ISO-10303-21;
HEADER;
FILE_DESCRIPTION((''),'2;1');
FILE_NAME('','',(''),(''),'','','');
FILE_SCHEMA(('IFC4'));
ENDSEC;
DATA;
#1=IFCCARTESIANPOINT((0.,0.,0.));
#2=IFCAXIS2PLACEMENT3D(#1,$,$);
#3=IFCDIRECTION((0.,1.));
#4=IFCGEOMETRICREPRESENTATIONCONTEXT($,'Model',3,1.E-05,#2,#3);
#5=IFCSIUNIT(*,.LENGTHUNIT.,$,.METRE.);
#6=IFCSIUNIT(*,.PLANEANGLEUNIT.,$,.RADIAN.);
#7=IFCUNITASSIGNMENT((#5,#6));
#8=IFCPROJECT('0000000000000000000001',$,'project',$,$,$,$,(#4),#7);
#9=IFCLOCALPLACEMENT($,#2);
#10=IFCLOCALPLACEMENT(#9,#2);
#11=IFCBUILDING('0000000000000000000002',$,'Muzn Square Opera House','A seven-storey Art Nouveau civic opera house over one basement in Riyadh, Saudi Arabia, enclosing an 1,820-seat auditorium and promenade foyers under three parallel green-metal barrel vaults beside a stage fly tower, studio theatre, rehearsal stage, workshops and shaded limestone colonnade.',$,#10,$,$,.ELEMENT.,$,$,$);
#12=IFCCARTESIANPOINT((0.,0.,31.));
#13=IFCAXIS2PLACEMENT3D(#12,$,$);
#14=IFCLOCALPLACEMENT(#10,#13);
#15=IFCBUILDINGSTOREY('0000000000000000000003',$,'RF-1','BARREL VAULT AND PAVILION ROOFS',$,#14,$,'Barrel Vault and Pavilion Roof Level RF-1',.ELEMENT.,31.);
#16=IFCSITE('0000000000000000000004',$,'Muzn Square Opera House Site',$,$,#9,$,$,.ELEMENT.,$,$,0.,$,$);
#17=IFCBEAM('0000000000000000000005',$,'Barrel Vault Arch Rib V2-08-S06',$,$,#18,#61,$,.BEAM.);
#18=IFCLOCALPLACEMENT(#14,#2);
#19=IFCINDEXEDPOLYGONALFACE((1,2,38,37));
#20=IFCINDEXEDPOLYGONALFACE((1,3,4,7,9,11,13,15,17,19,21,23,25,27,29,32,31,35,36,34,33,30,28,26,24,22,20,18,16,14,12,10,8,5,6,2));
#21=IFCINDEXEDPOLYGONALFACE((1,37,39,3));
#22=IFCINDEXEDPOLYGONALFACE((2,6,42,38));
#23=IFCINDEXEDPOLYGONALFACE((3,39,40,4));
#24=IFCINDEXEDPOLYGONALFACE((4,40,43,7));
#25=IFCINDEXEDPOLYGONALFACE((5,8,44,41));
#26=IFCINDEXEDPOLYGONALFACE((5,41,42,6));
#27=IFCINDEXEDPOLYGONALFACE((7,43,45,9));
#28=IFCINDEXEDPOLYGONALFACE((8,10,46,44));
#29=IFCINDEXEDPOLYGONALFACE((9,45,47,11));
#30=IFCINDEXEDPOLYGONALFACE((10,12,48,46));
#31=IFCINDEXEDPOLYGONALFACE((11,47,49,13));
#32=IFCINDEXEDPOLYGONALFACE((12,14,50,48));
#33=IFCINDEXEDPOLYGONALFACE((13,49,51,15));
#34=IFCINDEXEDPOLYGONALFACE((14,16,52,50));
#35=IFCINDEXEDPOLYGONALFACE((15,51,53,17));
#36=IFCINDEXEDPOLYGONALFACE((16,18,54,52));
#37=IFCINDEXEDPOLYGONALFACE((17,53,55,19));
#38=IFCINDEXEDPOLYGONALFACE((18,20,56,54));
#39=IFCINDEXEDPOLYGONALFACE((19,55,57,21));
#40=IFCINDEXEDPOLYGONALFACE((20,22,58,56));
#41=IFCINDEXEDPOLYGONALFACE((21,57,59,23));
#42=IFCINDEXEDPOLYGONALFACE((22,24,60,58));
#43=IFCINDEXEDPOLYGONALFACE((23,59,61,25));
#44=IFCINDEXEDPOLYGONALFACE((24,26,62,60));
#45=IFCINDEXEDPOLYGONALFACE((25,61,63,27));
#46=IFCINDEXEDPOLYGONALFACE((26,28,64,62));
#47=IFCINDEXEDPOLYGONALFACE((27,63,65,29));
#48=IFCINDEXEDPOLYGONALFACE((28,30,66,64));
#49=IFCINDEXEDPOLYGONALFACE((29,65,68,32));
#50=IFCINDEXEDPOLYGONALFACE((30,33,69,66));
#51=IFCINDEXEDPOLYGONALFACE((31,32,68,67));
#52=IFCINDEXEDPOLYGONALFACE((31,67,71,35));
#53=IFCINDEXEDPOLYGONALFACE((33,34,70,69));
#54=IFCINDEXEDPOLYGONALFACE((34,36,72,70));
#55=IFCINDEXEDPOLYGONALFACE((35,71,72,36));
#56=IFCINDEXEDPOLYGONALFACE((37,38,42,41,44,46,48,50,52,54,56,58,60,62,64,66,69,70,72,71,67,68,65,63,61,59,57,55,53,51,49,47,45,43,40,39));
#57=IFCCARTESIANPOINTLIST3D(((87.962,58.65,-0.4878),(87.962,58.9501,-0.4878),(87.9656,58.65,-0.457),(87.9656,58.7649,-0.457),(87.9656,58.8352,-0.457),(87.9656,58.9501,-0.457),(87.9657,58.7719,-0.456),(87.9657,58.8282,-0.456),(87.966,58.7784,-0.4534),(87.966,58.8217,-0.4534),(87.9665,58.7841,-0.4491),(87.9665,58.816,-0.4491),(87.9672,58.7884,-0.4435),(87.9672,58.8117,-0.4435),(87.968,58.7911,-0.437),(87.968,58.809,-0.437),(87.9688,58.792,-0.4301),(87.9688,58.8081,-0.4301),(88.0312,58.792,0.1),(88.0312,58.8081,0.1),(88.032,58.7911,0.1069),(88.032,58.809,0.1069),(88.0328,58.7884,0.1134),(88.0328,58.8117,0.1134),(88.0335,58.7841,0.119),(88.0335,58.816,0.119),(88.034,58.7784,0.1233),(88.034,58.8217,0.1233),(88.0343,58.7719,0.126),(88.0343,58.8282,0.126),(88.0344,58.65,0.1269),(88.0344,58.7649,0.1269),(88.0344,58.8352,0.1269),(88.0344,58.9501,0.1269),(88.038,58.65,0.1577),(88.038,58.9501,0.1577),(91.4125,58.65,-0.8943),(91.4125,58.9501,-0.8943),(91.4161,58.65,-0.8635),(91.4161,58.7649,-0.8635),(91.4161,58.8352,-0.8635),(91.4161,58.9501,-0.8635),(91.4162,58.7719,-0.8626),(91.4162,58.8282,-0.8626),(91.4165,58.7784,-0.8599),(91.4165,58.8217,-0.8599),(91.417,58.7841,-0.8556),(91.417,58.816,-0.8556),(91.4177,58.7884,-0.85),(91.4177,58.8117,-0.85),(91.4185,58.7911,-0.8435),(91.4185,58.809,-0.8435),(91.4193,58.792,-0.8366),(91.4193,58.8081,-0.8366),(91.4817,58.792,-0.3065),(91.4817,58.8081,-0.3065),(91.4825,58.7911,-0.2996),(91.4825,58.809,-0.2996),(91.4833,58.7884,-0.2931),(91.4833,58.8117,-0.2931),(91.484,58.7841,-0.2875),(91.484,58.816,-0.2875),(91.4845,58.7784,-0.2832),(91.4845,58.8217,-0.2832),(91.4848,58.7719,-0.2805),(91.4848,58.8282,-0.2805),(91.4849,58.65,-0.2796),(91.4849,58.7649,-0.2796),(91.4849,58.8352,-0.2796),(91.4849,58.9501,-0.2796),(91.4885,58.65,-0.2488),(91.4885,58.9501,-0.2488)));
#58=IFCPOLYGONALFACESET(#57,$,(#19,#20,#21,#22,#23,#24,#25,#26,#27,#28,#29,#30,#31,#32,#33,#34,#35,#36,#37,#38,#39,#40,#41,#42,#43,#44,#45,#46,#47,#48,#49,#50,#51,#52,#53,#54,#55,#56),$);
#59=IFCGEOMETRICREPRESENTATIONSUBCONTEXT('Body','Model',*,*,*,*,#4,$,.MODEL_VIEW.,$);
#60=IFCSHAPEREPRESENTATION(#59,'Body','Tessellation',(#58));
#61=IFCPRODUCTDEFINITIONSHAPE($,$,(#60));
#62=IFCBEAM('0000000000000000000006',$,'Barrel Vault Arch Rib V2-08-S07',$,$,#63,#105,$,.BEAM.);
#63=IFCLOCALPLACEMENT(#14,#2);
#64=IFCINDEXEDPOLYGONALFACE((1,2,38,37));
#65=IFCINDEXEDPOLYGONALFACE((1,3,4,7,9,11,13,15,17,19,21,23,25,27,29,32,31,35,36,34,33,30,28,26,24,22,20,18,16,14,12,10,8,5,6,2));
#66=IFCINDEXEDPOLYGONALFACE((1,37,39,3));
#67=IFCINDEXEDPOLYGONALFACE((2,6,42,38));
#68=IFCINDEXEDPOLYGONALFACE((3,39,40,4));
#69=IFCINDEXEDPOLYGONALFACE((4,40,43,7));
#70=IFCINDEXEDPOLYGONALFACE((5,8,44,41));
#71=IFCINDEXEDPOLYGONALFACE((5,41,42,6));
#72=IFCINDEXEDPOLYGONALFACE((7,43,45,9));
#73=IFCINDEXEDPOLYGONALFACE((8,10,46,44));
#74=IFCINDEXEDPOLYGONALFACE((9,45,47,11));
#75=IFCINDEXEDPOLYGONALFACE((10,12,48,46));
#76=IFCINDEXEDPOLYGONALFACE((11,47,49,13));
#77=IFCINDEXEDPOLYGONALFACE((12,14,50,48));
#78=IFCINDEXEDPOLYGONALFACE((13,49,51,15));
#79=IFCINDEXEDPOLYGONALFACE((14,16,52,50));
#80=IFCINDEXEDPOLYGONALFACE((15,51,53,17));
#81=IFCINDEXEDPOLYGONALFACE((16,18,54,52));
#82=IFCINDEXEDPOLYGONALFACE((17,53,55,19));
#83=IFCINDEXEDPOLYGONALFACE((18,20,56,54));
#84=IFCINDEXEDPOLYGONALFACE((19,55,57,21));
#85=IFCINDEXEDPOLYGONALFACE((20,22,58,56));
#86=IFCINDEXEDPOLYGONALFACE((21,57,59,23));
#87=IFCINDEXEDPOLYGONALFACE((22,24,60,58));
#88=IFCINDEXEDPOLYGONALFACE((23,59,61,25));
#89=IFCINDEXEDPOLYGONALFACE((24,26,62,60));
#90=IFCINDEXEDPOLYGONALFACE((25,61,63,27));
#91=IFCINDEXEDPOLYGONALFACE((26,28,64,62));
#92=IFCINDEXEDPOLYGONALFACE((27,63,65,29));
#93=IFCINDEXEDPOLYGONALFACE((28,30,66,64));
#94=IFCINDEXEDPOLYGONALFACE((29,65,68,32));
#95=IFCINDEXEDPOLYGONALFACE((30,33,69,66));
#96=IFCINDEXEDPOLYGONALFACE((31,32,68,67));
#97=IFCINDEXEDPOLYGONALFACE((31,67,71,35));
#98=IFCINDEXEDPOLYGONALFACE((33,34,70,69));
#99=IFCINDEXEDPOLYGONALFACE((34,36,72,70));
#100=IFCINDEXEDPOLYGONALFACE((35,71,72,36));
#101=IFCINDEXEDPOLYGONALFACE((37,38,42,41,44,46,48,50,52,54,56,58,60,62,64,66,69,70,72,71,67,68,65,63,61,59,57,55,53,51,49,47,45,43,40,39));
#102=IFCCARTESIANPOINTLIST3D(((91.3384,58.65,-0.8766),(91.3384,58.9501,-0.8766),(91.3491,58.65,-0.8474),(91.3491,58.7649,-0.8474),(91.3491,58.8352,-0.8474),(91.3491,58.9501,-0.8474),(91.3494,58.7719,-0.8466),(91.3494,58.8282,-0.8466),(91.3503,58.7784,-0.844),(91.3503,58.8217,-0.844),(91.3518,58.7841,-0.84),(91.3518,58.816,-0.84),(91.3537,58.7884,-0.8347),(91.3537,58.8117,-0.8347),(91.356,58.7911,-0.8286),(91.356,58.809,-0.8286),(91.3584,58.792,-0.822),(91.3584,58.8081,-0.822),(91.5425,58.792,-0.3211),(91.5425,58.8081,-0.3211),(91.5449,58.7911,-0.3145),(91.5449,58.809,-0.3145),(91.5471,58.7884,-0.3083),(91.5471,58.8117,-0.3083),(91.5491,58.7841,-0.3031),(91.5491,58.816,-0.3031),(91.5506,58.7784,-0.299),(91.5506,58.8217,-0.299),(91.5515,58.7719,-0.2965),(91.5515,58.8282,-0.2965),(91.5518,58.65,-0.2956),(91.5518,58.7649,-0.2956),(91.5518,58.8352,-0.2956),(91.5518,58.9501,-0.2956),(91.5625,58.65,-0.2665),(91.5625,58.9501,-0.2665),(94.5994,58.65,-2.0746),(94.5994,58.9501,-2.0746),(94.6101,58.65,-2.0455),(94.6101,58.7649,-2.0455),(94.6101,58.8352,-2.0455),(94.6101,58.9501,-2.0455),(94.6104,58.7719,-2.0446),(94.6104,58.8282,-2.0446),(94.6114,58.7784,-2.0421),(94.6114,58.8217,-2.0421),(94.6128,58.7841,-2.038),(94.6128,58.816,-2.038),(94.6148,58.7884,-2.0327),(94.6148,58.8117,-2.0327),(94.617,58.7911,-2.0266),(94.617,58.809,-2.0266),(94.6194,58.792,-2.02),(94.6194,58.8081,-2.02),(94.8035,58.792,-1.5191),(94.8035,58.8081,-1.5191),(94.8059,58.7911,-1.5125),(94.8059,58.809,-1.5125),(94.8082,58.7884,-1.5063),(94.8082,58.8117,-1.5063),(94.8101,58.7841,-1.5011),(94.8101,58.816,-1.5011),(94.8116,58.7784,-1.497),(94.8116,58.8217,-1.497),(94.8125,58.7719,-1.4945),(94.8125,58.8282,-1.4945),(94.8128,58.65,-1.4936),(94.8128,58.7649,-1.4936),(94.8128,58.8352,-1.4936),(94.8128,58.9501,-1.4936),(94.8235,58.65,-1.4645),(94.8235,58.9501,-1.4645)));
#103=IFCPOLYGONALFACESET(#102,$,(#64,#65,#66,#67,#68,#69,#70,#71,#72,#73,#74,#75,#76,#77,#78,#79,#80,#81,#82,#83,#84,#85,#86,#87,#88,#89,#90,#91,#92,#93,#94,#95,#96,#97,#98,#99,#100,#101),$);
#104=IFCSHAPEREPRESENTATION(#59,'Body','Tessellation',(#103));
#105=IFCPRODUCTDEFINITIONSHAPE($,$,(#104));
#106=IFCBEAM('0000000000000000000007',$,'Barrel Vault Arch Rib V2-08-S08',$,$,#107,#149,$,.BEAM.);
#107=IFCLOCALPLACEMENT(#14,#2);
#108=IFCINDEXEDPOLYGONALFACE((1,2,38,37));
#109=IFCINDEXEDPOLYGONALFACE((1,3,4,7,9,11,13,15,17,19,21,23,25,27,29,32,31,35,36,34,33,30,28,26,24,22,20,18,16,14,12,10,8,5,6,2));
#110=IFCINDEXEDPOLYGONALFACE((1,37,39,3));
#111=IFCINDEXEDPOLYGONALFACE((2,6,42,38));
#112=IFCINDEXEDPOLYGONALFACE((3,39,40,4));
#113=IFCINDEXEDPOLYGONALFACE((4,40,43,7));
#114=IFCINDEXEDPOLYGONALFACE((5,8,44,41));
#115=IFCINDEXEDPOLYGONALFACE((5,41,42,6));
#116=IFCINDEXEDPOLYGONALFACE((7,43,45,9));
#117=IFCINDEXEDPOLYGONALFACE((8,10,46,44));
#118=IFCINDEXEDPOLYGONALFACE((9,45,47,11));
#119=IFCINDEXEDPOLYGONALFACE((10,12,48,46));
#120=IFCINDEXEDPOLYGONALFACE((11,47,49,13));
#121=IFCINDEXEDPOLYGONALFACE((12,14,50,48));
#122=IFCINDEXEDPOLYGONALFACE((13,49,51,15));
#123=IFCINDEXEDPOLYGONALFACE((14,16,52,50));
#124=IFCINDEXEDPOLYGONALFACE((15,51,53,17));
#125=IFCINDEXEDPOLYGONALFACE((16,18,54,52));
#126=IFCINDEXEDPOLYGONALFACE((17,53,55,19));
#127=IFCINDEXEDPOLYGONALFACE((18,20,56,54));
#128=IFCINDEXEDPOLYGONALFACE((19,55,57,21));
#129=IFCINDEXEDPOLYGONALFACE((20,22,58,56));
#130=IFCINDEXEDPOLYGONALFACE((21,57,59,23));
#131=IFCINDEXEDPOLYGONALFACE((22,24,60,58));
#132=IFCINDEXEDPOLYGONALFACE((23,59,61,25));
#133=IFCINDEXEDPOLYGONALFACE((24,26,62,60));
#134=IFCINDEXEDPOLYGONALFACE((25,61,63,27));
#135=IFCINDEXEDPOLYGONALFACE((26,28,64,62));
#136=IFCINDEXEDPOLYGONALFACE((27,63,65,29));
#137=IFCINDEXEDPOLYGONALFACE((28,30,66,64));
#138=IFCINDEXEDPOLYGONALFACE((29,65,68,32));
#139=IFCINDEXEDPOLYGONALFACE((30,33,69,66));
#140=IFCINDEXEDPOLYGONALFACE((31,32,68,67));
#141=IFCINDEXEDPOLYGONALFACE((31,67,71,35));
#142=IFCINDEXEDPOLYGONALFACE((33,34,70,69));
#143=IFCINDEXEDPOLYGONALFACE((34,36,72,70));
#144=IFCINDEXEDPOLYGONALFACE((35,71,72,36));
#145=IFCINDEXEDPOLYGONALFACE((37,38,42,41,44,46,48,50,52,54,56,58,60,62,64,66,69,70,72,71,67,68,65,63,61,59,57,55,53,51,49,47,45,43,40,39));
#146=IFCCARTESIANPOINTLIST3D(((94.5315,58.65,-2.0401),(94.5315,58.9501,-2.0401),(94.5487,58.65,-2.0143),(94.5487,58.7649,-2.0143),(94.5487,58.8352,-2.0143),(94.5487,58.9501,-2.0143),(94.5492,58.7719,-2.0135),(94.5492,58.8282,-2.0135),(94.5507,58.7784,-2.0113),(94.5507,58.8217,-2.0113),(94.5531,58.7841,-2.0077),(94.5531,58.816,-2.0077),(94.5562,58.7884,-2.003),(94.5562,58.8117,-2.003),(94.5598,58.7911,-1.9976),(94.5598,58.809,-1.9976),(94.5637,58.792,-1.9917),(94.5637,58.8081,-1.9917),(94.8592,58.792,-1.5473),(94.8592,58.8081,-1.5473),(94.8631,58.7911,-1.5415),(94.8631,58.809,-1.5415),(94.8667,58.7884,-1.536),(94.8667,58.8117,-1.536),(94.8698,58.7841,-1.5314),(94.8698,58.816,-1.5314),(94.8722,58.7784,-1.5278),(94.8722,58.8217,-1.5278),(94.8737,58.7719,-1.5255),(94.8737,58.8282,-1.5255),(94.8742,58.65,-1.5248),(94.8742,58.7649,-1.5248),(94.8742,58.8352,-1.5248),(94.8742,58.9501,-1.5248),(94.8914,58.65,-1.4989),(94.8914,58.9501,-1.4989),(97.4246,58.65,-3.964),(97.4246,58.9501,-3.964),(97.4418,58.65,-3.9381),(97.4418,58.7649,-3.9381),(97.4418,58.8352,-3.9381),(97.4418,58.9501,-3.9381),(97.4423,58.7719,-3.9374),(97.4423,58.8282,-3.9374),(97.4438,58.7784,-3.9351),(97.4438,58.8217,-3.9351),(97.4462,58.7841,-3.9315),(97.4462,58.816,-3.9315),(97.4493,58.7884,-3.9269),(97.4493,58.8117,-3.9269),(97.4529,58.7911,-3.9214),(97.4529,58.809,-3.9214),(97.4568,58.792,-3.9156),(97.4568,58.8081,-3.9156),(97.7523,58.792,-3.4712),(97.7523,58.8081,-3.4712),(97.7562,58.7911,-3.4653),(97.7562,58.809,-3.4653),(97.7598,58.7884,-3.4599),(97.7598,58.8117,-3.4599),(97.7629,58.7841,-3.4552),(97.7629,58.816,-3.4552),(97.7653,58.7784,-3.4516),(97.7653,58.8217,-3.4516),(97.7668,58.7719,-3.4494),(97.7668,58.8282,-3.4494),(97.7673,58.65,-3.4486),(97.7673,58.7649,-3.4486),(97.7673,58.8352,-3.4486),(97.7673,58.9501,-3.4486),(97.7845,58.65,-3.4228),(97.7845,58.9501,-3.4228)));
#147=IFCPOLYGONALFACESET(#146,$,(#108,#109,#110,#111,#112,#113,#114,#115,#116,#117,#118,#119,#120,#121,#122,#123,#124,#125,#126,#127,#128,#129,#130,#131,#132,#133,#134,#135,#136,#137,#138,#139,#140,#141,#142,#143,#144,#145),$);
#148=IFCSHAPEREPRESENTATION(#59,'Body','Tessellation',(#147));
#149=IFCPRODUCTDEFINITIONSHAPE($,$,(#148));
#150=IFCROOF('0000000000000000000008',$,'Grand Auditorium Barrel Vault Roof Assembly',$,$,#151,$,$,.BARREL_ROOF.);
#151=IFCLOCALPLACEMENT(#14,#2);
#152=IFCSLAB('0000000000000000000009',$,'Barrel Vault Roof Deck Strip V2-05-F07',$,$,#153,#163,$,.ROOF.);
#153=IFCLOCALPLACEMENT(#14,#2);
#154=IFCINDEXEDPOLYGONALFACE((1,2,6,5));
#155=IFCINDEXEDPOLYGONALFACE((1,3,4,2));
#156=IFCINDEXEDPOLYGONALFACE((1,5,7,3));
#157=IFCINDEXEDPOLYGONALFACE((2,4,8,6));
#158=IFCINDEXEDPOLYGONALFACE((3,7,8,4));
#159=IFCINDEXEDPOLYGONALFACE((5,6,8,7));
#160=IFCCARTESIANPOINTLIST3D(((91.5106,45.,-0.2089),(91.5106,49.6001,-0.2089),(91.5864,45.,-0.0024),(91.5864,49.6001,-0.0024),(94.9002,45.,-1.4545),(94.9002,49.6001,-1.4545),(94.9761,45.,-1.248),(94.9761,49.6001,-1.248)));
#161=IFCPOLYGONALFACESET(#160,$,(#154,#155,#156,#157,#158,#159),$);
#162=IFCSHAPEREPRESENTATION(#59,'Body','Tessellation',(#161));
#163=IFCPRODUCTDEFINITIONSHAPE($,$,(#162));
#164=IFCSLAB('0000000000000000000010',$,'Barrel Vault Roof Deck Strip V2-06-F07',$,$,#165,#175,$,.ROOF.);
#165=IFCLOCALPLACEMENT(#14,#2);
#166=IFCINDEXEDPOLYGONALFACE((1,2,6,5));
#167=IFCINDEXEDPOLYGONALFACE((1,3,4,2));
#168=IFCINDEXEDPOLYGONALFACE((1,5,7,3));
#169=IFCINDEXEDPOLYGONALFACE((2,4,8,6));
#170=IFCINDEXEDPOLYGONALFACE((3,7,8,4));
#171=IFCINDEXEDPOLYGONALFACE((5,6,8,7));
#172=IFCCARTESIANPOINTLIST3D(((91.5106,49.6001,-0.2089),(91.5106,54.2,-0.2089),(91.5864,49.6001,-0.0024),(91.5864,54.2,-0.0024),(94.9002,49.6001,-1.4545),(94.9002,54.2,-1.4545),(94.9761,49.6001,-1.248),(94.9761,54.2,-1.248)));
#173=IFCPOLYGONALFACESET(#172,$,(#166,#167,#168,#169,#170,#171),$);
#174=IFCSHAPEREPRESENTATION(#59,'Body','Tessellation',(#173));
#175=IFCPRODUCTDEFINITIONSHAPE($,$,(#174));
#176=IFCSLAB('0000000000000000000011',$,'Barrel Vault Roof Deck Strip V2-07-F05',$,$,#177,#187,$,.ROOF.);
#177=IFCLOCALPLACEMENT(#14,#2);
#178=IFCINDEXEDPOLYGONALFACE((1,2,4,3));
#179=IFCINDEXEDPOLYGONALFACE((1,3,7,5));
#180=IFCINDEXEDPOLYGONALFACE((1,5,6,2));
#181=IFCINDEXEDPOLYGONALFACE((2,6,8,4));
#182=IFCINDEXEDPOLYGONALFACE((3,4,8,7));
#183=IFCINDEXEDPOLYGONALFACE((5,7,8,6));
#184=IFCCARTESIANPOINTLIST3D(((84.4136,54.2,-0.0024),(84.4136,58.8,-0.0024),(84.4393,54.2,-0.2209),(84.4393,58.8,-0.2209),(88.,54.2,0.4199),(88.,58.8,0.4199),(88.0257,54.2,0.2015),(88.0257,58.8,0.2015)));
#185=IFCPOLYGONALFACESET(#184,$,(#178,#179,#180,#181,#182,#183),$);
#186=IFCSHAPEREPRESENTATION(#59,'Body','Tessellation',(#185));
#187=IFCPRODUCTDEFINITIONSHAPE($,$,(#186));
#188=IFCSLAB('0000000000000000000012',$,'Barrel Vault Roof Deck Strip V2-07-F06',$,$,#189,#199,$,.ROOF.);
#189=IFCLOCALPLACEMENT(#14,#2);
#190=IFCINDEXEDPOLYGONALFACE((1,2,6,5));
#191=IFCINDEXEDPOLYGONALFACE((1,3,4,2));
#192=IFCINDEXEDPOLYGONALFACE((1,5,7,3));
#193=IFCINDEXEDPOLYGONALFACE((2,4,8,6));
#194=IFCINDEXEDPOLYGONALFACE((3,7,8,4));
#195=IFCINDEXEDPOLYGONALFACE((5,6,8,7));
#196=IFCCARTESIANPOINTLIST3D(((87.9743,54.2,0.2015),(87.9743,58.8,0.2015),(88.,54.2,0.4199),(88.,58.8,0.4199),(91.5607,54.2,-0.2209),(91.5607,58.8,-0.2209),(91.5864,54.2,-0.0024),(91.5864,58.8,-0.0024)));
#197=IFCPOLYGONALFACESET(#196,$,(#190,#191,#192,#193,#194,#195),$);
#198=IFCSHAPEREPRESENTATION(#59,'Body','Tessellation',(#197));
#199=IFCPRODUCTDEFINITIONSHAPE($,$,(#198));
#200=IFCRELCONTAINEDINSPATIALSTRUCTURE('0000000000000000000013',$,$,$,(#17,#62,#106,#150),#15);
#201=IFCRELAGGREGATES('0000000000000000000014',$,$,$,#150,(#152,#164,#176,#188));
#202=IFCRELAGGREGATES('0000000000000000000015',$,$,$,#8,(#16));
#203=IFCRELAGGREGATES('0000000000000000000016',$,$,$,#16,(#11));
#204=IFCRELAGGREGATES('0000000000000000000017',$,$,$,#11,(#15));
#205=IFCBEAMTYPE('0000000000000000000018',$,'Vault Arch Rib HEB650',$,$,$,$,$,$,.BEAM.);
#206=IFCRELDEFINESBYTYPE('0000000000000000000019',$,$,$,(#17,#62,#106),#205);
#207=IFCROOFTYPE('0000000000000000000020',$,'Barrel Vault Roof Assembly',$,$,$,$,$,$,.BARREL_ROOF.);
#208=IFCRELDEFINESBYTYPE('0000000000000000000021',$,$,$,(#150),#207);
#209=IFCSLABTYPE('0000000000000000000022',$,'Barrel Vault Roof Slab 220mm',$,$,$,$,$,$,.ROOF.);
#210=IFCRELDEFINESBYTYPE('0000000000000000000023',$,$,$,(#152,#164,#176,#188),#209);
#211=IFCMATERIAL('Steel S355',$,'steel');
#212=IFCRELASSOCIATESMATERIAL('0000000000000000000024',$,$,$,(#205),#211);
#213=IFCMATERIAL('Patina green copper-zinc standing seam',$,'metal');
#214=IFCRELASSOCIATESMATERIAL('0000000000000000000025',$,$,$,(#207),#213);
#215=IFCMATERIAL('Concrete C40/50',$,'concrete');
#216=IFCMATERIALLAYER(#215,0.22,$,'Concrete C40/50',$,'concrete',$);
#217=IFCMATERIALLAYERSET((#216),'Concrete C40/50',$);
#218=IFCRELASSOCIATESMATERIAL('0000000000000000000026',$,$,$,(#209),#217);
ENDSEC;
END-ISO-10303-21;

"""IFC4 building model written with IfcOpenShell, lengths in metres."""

from ifc_helpers import new_model, si_unit, direction, frame, origin, origin_2d, place, context, subcontext, project, spatial, polyline, i_section, outline, extrude, material, layer, layer_set, material_profile, profile_set, type_object, element, aggregate, save


model = new_model("IFC4")

# Units and contexts
model_context = context("Model", 3, precision=1e-05, world=origin(), true_north=direction((0.0, 1.0)))
body_context = subcontext(model_context, "Body", "Model", "MODEL_VIEW")
ifc_project = project(units=[si_unit("LENGTHUNIT", "METRE"), si_unit("PLANEANGLEUNIT", "RADIAN")], contexts=[model_context])

# Site, building, storey
site_placement = place(None, origin())
site = spatial("IfcSite", under=ifc_project, at=site_placement, Name="Muzn Square Opera House Site", CompositionType="ELEMENT", RefElevation=0.0)
building_placement = place(site_placement, origin())
building = spatial("IfcBuilding", under=site, at=building_placement, Name="Muzn Square Opera House", Description="A seven-storey Art Nouveau civic opera house over one basement in Riyadh, Saudi Arabia, enclosing an 1,820-seat auditorium and promenade foyers under three parallel green-metal barrel vaults beside a stage fly tower, studio theatre, rehearsal stage, workshops and shaded limestone colonnade.", CompositionType="ELEMENT")
storey_placement = place(building_placement, frame((0.0, 0.0, 31.0)))
storey = spatial("IfcBuildingStorey", under=building, at=storey_placement, Name="RF-1", Description="BARREL VAULT AND PAVILION ROOFS", LongName="Barrel Vault and Pavilion Roof Level RF-1", CompositionType="ELEMENT", Elevation=31.0)

# Beams
ifc_material_1 = material(Name="Steel S355", Category="steel")
ifc_material_profile_1 = material_profile(ifc_material_1, i_section(OverallWidth=0.3, OverallDepth=0.6499, WebThickness=0.0161, FlangeThickness=0.031, FilletRadius=0.0271, at=origin_2d()), Name="HEB 650", Category="steel")
ifc_profile_set_1 = profile_set([ifc_material_profile_1], Name="Steel S355")
beam_type_1 = type_object("IfcBeamType", Name="Vault Arch Rib HEB650", PredefinedType="BEAM", material=ifc_profile_set_1)
for number, where, z_axis, x_axis, name in (
    (1, (88.0, 58.8, -0.165), (0.993132, 0.0, -0.117), (0.0, 1.0, 0.0), "Barrel Vault Arch Rib V2-08-S06"),
):
    element("IfcBeam", number, at=place(storey_placement, frame(where, z_axis=z_axis, x_axis=x_axis)), inside=storey, type_object=beam_type_1, Name=name, PredefinedType="BEAM", context=body_context, shape_type="SweptSolid", body=[
        extrude(i_section(OverallWidth=0.3, OverallDepth=0.6499, WebThickness=0.0161, FlangeThickness=0.031, FilletRadius=0.0271, at=origin_2d()), origin(), (0.0, 0.0, 1.0), 3.4744),
    ])
beam_1_placement = place(storey_placement, frame((91.4504, 58.8, -0.5715), z_axis=(0.938662, 0.0, -0.344839), x_axis=(0.0, 1.0, 0.0)))
element("IfcBeam", 2, at=beam_1_placement, inside=storey, type_object=beam_type_1, Name="Barrel Vault Arch Rib V2-08-S07", PredefinedType="BEAM", context=body_context, shape_type="SweptSolid", body=[
    extrude(i_section(OverallWidth=0.3, OverallDepth=0.6499, WebThickness=0.0161, FlangeThickness=0.031, FilletRadius=0.0271, at=origin_2d()), origin(), (0.0, 0.0, 1.0), 3.4741),
])
beam_2_placement = place(storey_placement, frame((94.7114, 58.8, -1.7695), z_axis=(0.832698, 0.0, -0.553727), x_axis=(0.0, 1.0, 0.0)))
element("IfcBeam", 3, at=beam_2_placement, inside=storey, type_object=beam_type_1, Name="Barrel Vault Arch Rib V2-08-S08", PredefinedType="BEAM", context=body_context, shape_type="SweptSolid", body=[
    extrude(i_section(OverallWidth=0.3, OverallDepth=0.6499, WebThickness=0.0161, FlangeThickness=0.031, FilletRadius=0.0271, at=origin_2d()), origin(), (0.0, 0.0, 1.0), 3.4744),
])

# Roof, slabs
ifc_material_2 = material(Name="Patina green copper-zinc standing seam", Category="metal")
roof_type = type_object("IfcRoofType", Name="Barrel Vault Roof Assembly", PredefinedType="BARREL_ROOF", material=ifc_material_2)
roof_placement = place(storey_placement, origin())
roof = element("IfcRoof", 4, at=roof_placement, inside=storey, type_object=roof_type, Name="Grand Auditorium Barrel Vault Roof Assembly", PredefinedType="BARREL_ROOF")
ifc_material_3 = material(Name="Concrete C40/50", Category="concrete")
ifc_layer_1 = layer(ifc_material_3, 0.22, Name="Concrete C40/50", Category="concrete")
ifc_layer_set_1 = layer_set([ifc_layer_1], Name="Concrete C40/50")
slab_type = type_object("IfcSlabType", Name="Barrel Vault Roof Slab 220mm", PredefinedType="ROOF", material=ifc_layer_set_1)
slab_1_placement = place(storey_placement, frame((91.5864, 45.0, -0.0024), z_axis=(0.344922, 0.0, 0.938631), x_axis=(0.938631, 0.0, -0.344922)))
slab_1 = element("IfcSlab", 5, at=slab_1_placement, type_object=slab_type, Name="Barrel Vault Roof Deck Strip V2-05-F07", PredefinedType="ROOF", context=body_context, shape_type="SweptSolid", body=[
    extrude(outline(polyline([(0.0, 0.0), (3.6113, 0.0), (3.6113, 4.6001), (0.0, 4.6001), (0.0, 0.0)])), origin(), (0.0, 0.0, -1.0), 0.22),
])
slab_2_placement = place(storey_placement, frame((91.5864, 49.6001, -0.0024), z_axis=(0.344922, 0.0, 0.938631), x_axis=(0.938631, 0.0, -0.344922)))
slab_2 = element("IfcSlab", 6, at=slab_2_placement, type_object=slab_type, Name="Barrel Vault Roof Deck Strip V2-06-F07", PredefinedType="ROOF", context=body_context, shape_type="SweptSolid", body=[
    extrude(outline(polyline([(0.0, 0.0), (3.6113, 0.0), (3.6113, 4.5999), (0.0, 4.5999), (0.0, 0.0)])), origin(), (0.0, 0.0, -1.0), 0.22),
])
slab_3_placement = place(storey_placement, frame((88.0, 54.2, 0.4199), z_axis=(-0.116959, 0.0, 0.993137), x_axis=(0.0, 1.0, 0.0)))
slab_3 = element("IfcSlab", 7, at=slab_3_placement, type_object=slab_type, Name="Barrel Vault Roof Deck Strip V2-07-F05", PredefinedType="ROOF", context=body_context, shape_type="SweptSolid", body=[
    extrude(outline(polyline([(0.0, 3.6112), (0.0, 0.0), (4.6001, 0.0), (4.6001, 3.6112), (0.0, 3.6112)])), origin(), (0.0, 0.0, -1.0), 0.22),
])
slab_4_placement = place(storey_placement, frame((88.0, 54.2, 0.4199), z_axis=(0.116959, 0.0, 0.993137), x_axis=(0.993137, 0.0, -0.116959)))
slab_4 = element("IfcSlab", 8, at=slab_4_placement, type_object=slab_type, Name="Barrel Vault Roof Deck Strip V2-07-F06", PredefinedType="ROOF", context=body_context, shape_type="SweptSolid", body=[
    extrude(outline(polyline([(0.0, 0.0), (3.6112, 0.0), (3.6112, 4.6001), (0.0, 4.6001), (0.0, 0.0)])), origin(), (0.0, 0.0, -1.0), 0.22),
])
aggregate(roof, [slab_1, slab_2, slab_3, slab_4])

save(model, "model.ifc")
